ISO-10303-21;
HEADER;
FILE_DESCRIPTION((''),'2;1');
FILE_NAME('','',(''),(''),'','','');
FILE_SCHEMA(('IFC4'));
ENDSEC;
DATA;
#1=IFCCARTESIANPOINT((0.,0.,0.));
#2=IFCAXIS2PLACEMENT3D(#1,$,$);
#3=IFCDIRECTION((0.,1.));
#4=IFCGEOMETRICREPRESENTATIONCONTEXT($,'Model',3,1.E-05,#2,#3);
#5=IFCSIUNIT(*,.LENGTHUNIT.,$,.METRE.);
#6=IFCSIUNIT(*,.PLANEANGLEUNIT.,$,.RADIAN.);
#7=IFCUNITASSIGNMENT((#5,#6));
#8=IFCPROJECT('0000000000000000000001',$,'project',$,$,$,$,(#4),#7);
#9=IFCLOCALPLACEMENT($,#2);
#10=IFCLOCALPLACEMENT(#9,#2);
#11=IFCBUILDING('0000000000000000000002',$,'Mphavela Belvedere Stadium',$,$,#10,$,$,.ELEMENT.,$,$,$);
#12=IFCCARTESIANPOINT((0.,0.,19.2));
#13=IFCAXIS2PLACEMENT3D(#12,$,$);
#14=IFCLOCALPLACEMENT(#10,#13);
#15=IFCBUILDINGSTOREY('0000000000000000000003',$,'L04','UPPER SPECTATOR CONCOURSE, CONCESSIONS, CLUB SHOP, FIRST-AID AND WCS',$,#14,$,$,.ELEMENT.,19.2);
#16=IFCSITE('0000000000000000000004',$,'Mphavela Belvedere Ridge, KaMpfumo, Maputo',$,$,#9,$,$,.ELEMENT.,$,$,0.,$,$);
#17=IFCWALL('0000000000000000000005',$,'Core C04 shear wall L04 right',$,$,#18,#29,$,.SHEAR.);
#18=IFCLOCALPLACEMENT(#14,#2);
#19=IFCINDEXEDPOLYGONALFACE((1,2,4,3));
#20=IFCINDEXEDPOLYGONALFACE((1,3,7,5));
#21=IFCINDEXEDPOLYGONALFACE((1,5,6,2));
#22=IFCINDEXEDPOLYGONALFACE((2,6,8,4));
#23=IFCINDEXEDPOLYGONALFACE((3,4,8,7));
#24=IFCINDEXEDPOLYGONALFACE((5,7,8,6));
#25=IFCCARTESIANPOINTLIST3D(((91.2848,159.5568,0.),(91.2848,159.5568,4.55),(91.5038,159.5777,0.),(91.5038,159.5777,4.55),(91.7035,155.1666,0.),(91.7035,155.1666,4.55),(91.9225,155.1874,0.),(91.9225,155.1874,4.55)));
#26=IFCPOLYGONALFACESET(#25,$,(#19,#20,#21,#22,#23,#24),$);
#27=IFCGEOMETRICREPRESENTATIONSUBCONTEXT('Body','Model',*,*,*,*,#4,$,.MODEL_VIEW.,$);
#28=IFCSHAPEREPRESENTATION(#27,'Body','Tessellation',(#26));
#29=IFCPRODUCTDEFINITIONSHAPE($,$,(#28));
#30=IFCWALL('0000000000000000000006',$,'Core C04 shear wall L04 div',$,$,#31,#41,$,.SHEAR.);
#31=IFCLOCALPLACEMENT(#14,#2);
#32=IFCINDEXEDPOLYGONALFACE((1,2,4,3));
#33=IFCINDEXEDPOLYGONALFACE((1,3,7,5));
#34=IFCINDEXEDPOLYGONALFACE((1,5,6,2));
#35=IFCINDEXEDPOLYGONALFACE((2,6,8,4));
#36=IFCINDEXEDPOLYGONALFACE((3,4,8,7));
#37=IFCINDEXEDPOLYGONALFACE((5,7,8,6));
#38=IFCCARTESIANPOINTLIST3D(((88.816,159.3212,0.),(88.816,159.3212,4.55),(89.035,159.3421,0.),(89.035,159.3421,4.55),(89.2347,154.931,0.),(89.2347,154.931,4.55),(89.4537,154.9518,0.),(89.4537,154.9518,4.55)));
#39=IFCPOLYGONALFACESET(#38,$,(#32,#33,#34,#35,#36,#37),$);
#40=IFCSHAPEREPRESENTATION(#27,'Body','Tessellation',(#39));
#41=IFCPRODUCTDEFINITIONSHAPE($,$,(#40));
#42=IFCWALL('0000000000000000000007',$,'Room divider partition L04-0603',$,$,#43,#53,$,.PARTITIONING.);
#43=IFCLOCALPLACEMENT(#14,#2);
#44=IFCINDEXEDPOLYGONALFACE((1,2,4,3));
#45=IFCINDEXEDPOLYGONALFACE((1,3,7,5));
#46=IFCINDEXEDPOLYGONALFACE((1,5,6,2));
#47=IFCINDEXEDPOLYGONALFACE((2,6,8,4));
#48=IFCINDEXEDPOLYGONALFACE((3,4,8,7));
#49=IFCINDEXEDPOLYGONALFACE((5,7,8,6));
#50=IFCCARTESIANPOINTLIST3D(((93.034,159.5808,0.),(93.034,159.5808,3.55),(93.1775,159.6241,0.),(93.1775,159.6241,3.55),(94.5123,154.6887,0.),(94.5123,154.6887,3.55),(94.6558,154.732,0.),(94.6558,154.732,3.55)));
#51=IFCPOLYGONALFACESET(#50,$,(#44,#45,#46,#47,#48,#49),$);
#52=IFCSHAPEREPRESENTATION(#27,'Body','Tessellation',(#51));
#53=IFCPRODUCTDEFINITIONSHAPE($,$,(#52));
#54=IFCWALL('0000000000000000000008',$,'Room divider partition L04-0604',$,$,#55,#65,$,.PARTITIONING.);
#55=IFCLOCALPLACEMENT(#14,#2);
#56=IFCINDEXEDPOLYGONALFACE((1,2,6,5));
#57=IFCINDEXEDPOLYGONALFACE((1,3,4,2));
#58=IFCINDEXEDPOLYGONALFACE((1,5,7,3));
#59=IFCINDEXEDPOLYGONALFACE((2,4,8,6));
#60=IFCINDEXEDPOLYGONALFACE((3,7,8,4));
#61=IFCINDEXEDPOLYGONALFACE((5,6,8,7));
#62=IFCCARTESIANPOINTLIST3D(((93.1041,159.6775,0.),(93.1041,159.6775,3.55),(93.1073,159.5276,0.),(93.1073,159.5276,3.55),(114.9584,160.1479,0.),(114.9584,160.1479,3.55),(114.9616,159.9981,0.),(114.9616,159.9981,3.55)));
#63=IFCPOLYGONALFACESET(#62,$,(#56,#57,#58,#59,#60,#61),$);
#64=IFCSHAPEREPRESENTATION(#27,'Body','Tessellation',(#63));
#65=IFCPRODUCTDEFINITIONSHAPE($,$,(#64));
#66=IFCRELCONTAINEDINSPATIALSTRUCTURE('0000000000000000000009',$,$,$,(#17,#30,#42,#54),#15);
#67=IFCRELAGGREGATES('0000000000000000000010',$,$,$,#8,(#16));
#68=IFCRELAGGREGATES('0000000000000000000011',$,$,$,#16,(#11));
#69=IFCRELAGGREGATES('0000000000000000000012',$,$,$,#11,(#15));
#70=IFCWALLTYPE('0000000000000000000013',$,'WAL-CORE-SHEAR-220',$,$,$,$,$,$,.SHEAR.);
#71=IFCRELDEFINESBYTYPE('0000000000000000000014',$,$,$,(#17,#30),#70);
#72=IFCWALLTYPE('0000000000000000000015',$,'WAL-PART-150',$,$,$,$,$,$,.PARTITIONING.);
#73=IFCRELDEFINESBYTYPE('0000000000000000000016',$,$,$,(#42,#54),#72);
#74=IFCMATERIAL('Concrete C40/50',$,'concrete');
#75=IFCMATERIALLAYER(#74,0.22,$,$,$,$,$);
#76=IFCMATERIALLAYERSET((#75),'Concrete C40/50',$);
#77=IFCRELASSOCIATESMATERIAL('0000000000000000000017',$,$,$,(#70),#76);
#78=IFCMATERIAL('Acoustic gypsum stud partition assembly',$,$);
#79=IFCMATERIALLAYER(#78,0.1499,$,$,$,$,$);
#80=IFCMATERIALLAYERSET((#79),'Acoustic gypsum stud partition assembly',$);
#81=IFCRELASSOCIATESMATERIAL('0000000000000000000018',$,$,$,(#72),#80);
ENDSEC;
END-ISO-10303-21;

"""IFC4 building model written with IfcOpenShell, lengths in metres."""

from ifc_helpers import new_model, si_unit, direction, frame, frame_2d, origin, place, context, subcontext, project, spatial, rectangle, extrude, material, layer, layer_set, type_object, element, save


model = new_model("IFC4")

# Units and contexts
model_context = context("Model", 3, precision=1e-05, world=origin(), true_north=direction((0.0, 1.0)))
body_context = subcontext(model_context, "Body", "Model", "MODEL_VIEW")
ifc_project = project(units=[si_unit("LENGTHUNIT", "METRE"), si_unit("PLANEANGLEUNIT", "RADIAN")], contexts=[model_context])

# Site, building, storey
site_placement = place(None, origin())
site = spatial("IfcSite", under=ifc_project, at=site_placement, Name="Mphavela Belvedere Ridge, KaMpfumo, Maputo", CompositionType="ELEMENT", RefElevation=0.0)
building_placement = place(site_placement, origin())
building = spatial("IfcBuilding", under=site, at=building_placement, Name="Mphavela Belvedere Stadium", CompositionType="ELEMENT")
storey_placement = place(building_placement, frame((0.0, 0.0, 19.2)))
storey = spatial("IfcBuildingStorey", under=building, at=storey_placement, Name="L04", Description="UPPER SPECTATOR CONCOURSE, CONCESSIONS, CLUB SHOP, FIRST-AID AND WCS", CompositionType="ELEMENT", Elevation=19.2)

# Walls
ifc_material_1 = material(Name="Concrete C40/50", Category="concrete")
ifc_layer_1 = layer(ifc_material_1, 0.22)
ifc_layer_set_1 = layer_set([ifc_layer_1], Name="Concrete C40/50")
wall_type_1 = type_object("IfcWallType", Name="WAL-CORE-SHEAR-220", PredefinedType="SHEAR", material=ifc_layer_set_1)
for number, where, z_axis, x_axis, name in (
    (1, (91.813, 155.177, 0.0), (0.0, 0.0, 1.0), (-0.094942, 0.995483, 0.0), "Core C04 shear wall L04 right"),
    (2, (89.3442, 154.9414, 0.0), (0.0, 0.0, 1.0), (-0.094942, 0.995483, 0.0), "Core C04 shear wall L04 div"),
):
    element("IfcWall", number, at=place(storey_placement, frame(where, z_axis=z_axis, x_axis=x_axis)), inside=storey, type_object=wall_type_1, Name=name, PredefinedType="SHEAR", context=body_context, shape_type="SweptSolid", body=[
        extrude(rectangle(XDim=4.4102, YDim=0.22, at=frame_2d((2.2051, 0.0))), origin(), (0.0, 0.0, 1.0), 4.55),
    ])
ifc_material_2 = material(Name="Acoustic gypsum stud partition assembly")
ifc_layer_2 = layer(ifc_material_2, 0.1499)
ifc_layer_set_2 = layer_set([ifc_layer_2], Name="Acoustic gypsum stud partition assembly")
wall_type_2 = type_object("IfcWallType", Name="WAL-PART-150", PredefinedType="PARTITIONING", material=ifc_layer_set_2)
wall_1_placement = place(storey_placement, frame((94.584, 154.7104, 0.0), z_axis=(0.0, 0.0, 1.0), x_axis=(-0.289258, 0.957251, 0.0)))
element("IfcWall", 3, at=wall_1_placement, inside=storey, type_object=wall_type_2, Name="Room divider partition L04-0603", PredefinedType="PARTITIONING", context=body_context, shape_type="SweptSolid", body=[
    extrude(rectangle(XDim=5.1106, YDim=0.1499, at=frame_2d((2.5552, 0.0))), origin(), (0.0, 0.0, 1.0), 3.55),
])
wall_2_placement = place(storey_placement, frame((93.1057, 159.6025, 0.0), z_axis=(0.0, 0.0, 1.0), x_axis=(0.999768, 0.021522, 0.0)))
element("IfcWall", 4, at=wall_2_placement, inside=storey, type_object=wall_type_2, Name="Room divider partition L04-0604", PredefinedType="PARTITIONING", context=body_context, shape_type="SweptSolid", body=[
    extrude(rectangle(XDim=21.8594, YDim=0.1499, at=frame_2d((10.9297, 0.0))), origin(), (0.0, 0.0, 1.0), 3.55),
])

save(model, "model.ifc")
